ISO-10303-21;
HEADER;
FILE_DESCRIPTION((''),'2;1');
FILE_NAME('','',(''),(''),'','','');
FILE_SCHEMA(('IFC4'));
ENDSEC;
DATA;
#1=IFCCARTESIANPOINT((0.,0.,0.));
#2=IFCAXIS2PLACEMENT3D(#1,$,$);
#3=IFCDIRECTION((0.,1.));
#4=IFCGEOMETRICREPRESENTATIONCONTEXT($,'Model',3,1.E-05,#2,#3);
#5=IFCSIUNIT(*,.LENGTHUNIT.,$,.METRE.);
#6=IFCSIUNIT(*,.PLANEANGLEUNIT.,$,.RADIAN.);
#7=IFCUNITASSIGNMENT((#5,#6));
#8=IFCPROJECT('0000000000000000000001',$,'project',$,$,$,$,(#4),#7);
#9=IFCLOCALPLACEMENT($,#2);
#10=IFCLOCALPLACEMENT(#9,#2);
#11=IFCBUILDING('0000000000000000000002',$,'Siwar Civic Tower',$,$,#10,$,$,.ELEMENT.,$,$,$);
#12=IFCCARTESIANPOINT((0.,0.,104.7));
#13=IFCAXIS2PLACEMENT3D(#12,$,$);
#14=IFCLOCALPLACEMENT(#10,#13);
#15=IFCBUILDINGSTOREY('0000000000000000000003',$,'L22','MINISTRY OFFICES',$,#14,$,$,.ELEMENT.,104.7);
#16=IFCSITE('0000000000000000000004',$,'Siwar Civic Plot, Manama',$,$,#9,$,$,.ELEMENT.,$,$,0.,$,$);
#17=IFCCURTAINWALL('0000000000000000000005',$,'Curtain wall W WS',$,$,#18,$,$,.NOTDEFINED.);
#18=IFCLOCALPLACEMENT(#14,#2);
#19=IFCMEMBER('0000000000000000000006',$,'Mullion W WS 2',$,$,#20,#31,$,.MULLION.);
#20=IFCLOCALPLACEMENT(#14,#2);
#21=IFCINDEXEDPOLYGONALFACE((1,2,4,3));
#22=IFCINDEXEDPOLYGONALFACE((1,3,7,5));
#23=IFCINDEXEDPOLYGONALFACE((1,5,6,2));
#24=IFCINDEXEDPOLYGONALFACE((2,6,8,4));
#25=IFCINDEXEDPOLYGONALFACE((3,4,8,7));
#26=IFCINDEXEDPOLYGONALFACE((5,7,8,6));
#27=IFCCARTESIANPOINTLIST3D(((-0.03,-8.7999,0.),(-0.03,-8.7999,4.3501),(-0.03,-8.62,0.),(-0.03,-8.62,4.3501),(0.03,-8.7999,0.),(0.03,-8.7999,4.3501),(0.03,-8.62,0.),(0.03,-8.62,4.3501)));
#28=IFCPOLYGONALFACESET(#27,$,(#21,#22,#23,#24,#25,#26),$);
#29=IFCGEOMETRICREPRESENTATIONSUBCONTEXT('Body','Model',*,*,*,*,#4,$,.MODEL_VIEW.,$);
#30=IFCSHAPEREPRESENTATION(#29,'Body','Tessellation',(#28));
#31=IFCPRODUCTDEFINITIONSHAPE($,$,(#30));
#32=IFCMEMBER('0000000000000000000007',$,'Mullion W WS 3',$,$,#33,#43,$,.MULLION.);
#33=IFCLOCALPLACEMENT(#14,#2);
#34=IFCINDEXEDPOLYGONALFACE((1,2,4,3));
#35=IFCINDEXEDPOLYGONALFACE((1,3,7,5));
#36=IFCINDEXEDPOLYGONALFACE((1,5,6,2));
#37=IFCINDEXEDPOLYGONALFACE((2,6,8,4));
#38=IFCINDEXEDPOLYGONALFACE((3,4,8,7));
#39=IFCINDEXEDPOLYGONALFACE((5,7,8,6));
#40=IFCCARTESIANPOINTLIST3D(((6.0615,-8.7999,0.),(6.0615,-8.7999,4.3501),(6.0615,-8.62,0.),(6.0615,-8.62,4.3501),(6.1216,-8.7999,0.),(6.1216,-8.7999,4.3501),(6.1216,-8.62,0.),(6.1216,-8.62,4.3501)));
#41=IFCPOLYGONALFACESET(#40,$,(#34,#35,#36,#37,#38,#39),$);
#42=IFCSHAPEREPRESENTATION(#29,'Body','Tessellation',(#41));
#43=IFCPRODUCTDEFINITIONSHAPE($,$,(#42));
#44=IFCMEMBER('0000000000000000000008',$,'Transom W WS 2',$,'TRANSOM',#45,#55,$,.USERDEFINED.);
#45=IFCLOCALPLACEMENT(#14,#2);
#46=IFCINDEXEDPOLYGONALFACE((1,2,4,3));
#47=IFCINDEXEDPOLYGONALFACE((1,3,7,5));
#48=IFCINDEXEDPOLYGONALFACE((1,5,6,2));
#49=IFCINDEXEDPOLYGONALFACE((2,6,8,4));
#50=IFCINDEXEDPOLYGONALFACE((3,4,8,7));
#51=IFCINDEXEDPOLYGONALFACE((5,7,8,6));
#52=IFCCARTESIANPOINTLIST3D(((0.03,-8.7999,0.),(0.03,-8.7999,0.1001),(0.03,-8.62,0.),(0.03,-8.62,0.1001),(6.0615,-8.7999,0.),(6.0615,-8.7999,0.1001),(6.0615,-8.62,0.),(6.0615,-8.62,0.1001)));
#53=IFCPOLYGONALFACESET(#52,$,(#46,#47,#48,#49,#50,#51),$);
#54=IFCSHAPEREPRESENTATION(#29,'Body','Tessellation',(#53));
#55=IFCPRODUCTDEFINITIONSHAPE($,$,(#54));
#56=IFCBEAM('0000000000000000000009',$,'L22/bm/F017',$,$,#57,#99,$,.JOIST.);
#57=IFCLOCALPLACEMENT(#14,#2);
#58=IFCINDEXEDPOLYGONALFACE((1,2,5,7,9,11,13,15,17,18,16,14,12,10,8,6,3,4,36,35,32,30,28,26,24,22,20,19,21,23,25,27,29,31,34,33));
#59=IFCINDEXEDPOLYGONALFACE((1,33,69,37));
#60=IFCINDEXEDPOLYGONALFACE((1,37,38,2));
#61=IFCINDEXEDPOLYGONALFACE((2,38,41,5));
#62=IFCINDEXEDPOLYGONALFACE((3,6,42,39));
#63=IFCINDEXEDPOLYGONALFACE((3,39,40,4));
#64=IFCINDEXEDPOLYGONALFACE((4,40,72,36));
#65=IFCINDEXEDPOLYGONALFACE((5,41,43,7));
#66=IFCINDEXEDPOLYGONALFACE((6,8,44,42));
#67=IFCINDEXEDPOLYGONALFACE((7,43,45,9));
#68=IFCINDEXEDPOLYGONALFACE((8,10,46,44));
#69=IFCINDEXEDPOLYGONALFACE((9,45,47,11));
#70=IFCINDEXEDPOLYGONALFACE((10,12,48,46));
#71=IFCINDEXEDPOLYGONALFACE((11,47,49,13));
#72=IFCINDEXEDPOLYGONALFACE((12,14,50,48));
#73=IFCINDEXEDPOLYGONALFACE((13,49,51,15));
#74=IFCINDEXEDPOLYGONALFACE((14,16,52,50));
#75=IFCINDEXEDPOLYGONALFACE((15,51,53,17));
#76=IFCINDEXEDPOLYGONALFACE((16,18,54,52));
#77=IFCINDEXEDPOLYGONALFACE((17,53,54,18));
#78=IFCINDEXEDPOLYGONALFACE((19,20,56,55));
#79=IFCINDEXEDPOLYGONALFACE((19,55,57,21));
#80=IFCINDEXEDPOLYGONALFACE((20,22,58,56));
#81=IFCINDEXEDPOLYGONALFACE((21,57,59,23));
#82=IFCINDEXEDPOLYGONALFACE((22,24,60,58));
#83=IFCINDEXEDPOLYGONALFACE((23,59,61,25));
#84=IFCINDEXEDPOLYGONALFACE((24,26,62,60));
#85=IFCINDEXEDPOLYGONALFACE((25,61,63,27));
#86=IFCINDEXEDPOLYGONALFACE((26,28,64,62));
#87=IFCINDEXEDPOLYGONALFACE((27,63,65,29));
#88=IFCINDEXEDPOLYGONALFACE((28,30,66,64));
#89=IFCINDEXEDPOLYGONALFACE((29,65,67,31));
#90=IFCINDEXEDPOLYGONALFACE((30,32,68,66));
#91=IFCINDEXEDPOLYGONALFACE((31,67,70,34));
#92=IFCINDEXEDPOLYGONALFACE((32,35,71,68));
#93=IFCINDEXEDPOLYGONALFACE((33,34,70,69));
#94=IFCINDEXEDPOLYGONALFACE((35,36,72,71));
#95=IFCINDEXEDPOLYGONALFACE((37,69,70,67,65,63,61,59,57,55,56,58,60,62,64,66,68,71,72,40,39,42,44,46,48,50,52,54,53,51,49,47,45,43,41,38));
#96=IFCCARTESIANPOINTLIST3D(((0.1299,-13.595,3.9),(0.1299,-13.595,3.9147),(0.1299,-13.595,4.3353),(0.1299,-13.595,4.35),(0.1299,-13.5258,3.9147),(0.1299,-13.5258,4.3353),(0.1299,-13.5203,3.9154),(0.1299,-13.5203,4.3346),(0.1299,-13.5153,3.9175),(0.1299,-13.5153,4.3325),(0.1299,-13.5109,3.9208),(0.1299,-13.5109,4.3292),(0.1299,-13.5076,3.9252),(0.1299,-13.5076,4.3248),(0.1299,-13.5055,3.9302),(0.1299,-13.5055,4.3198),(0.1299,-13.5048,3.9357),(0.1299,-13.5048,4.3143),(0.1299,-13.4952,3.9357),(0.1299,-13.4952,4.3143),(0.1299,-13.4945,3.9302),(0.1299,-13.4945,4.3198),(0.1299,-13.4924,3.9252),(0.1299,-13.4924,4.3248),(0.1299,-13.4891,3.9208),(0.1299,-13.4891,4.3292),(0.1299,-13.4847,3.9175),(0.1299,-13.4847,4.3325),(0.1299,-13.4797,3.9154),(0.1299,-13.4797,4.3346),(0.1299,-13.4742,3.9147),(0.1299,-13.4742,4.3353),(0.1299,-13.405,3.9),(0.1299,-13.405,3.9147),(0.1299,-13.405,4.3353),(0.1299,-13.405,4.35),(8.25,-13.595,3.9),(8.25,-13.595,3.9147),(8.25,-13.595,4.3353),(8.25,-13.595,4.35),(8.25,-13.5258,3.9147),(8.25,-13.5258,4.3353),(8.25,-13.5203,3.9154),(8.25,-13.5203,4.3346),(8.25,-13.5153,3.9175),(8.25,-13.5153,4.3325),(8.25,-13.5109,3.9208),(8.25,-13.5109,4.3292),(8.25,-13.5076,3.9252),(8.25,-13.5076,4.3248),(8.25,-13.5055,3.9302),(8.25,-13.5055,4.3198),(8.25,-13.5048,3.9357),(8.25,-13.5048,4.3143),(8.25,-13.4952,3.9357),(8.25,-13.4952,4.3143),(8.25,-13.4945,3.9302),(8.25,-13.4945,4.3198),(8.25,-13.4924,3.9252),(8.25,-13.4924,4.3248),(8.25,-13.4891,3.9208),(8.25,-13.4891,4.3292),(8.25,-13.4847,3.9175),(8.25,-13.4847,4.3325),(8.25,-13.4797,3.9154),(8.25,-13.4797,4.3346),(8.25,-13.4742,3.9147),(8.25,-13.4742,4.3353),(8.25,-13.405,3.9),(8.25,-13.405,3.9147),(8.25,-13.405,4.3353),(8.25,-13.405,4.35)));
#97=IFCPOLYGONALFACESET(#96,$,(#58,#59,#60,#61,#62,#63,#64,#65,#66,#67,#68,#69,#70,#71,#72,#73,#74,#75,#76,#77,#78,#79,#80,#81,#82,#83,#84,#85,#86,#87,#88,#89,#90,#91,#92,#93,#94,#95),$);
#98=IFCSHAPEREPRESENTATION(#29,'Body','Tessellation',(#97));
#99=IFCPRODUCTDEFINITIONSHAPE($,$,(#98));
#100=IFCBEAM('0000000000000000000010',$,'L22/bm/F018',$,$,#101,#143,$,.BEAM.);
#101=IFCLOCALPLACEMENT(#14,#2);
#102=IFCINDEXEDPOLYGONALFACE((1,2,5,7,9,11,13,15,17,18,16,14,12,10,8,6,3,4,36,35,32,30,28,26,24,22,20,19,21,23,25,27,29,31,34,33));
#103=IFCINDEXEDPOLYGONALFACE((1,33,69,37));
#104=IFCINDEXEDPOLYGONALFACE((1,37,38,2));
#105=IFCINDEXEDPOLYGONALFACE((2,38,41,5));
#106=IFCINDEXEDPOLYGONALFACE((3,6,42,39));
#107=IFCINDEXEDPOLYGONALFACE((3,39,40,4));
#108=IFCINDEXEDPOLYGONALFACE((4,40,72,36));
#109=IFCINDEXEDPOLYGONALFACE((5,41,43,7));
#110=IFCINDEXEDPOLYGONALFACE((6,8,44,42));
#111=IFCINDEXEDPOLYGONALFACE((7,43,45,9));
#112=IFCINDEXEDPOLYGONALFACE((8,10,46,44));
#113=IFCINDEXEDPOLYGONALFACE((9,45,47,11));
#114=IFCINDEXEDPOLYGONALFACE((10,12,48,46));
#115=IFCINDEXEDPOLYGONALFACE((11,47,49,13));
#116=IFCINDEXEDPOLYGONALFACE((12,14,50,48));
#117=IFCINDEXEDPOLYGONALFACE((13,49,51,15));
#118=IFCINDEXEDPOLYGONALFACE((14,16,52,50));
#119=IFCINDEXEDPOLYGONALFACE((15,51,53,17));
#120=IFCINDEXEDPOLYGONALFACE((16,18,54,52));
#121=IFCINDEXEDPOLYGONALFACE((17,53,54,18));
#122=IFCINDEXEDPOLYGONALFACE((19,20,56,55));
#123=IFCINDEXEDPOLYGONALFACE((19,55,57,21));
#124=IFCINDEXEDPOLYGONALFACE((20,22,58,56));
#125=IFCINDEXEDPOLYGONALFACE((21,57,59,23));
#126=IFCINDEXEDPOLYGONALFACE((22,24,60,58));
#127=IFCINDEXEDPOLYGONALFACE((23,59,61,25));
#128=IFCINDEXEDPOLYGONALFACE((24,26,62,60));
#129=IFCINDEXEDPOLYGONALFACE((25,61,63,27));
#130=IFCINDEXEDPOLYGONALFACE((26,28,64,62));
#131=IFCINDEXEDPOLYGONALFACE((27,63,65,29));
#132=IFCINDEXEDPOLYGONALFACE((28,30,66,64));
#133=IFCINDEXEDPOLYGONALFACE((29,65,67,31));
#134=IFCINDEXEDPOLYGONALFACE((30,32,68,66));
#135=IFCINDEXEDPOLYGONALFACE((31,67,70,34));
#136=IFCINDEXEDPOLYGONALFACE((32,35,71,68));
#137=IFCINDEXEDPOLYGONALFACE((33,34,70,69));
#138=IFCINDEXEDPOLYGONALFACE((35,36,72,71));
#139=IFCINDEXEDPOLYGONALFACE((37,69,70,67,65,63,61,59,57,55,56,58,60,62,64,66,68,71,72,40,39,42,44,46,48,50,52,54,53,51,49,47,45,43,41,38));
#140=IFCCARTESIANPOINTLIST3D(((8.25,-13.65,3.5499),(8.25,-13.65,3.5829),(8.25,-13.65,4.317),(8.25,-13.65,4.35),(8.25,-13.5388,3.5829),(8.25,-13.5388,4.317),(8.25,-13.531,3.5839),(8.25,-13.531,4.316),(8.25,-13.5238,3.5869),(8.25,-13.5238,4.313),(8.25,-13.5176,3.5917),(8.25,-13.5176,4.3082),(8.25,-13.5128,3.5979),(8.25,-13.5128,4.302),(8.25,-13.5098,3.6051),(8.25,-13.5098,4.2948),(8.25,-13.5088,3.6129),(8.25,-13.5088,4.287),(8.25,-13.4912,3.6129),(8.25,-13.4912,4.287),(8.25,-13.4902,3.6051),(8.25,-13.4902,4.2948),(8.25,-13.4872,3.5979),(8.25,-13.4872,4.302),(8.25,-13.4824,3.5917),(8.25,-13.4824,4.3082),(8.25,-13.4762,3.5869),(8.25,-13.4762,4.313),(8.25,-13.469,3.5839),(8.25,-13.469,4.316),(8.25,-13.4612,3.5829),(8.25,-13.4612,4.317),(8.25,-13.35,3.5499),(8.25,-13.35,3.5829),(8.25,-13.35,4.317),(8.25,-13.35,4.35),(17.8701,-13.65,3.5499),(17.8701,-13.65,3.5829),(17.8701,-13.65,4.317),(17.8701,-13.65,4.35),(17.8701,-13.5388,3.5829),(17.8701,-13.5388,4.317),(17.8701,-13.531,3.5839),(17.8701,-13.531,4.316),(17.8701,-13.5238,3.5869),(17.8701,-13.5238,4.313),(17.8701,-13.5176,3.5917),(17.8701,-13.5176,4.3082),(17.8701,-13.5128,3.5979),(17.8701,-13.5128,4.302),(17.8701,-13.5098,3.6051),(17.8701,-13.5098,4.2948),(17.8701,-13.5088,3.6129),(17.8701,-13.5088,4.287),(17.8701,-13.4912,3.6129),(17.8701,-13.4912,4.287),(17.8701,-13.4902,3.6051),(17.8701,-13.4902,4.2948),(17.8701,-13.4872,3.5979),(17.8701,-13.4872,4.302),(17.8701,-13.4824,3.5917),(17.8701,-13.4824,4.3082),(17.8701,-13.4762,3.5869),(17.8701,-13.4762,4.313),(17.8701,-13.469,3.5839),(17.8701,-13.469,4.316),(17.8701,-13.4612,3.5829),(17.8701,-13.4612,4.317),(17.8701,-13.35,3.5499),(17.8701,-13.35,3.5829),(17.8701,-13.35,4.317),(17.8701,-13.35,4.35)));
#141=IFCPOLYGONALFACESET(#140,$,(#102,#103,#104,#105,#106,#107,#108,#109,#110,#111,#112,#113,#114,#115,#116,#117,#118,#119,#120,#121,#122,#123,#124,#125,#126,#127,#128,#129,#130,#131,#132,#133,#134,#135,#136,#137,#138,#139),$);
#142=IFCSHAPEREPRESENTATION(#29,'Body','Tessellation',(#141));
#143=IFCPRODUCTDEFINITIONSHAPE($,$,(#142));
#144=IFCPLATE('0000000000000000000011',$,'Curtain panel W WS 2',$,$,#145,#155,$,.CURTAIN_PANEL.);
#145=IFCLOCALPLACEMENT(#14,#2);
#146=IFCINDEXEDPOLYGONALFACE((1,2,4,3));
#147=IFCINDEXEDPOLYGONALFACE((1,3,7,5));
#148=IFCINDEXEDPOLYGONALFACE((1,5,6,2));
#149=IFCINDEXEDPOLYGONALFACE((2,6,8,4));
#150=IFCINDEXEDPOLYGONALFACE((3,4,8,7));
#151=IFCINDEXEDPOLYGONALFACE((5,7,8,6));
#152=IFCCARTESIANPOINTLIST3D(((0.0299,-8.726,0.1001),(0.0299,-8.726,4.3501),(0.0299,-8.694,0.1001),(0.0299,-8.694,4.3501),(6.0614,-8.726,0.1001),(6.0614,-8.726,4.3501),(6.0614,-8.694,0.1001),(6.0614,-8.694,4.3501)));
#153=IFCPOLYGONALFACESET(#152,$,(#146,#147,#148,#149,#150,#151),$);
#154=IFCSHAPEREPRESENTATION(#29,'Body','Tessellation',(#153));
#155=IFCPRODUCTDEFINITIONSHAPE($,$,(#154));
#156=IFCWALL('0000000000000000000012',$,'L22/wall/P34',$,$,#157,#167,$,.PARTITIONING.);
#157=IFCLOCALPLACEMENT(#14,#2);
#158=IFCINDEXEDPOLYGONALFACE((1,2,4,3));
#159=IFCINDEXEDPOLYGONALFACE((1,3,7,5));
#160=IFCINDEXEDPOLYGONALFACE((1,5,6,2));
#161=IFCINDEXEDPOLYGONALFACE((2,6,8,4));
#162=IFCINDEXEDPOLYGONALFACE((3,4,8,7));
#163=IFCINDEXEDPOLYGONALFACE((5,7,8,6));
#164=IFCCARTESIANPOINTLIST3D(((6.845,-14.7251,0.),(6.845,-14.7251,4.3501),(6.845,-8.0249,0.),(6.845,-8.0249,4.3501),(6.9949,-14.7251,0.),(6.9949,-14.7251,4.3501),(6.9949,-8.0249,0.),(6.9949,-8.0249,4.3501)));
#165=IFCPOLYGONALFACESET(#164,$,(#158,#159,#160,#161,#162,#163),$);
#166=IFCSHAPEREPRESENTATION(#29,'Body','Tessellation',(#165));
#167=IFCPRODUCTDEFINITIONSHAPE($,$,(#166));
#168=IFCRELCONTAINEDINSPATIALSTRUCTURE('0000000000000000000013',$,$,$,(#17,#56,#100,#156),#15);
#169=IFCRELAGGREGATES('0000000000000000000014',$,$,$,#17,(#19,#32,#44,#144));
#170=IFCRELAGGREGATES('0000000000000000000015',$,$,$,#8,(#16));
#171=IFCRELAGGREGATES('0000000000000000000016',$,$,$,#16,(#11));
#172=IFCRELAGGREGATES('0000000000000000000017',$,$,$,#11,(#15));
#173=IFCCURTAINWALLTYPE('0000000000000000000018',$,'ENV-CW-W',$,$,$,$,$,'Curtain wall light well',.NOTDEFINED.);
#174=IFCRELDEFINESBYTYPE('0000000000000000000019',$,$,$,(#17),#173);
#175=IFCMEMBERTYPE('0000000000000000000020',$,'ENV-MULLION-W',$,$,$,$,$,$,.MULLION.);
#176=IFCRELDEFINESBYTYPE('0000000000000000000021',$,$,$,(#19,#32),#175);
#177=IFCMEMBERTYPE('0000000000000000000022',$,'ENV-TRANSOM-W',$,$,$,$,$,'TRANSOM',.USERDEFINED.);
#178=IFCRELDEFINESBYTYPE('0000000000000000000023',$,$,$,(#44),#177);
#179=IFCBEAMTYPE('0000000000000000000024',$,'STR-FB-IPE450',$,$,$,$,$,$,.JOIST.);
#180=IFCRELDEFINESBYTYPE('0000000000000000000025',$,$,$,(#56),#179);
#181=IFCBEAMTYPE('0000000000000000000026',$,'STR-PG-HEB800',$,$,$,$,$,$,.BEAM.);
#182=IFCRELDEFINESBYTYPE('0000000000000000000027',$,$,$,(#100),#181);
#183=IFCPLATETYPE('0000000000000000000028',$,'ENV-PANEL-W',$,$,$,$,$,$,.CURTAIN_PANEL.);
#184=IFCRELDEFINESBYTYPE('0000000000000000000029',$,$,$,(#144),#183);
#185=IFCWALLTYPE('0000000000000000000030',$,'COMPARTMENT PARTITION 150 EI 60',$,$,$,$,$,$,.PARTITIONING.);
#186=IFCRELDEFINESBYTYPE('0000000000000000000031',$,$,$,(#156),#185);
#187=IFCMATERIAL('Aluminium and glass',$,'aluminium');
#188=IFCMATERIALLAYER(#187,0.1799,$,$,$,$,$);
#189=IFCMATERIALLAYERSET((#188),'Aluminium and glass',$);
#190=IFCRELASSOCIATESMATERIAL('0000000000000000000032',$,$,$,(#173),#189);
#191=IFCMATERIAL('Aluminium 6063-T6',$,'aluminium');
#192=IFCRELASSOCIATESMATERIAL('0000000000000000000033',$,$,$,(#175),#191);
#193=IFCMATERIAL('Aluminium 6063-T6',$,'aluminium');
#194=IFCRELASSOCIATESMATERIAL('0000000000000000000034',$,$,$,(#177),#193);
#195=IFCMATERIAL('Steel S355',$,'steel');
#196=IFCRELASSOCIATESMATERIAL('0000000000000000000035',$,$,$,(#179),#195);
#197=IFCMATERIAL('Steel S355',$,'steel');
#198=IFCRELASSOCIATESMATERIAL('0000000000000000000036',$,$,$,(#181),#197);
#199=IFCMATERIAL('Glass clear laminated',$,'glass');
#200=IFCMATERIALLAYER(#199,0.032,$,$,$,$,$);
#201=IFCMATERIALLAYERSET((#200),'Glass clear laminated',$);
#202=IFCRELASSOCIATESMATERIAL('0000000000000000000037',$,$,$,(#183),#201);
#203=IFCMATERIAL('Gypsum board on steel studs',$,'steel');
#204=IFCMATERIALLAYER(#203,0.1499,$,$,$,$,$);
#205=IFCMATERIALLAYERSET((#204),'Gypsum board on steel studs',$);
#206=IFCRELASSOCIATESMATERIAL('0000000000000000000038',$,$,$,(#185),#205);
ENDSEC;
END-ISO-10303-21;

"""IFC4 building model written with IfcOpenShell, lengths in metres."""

from ifc_helpers import new_model, si_unit, direction, frame, frame_2d, origin, origin_2d, place, context, subcontext, project, spatial, rectangle, i_section, extrude, material, layer, layer_set, material_profile, profile_set, type_object, element, aggregate, save


model = new_model("IFC4")

# Units and contexts
model_context = context("Model", 3, precision=1e-05, world=origin(), true_north=direction((0.0, 1.0)))
body_context = subcontext(model_context, "Body", "Model", "MODEL_VIEW")
ifc_project = project(units=[si_unit("LENGTHUNIT", "METRE"), si_unit("PLANEANGLEUNIT", "RADIAN")], contexts=[model_context])

# Site, building, storey
site_placement = place(None, origin())
site = spatial("IfcSite", under=ifc_project, at=site_placement, Name="Siwar Civic Plot, Manama", CompositionType="ELEMENT", RefElevation=0.0)
building_placement = place(site_placement, origin())
building = spatial("IfcBuilding", under=site, at=building_placement, Name="Siwar Civic Tower", CompositionType="ELEMENT")
storey_placement = place(building_placement, frame((0.0, 0.0, 104.7)))
storey = spatial("IfcBuildingStorey", under=building, at=storey_placement, Name="L22", Description="MINISTRY OFFICES", CompositionType="ELEMENT", Elevation=104.7)

# Curtain wall, members
ifc_material_1 = material(Name="Aluminium and glass", Category="aluminium")
ifc_layer_1 = layer(ifc_material_1, 0.1799)
ifc_layer_set_1 = layer_set([ifc_layer_1], Name="Aluminium and glass")
curtain_wall_type = type_object("IfcCurtainWallType", Name="ENV-CW-W", ElementType="Curtain wall light well", PredefinedType="NOTDEFINED", material=ifc_layer_set_1)
curtain_wall_placement = place(storey_placement, origin())
curtain_wall = element("IfcCurtainWall", 1, at=curtain_wall_placement, inside=storey, type_object=curtain_wall_type, Name="Curtain wall W WS", PredefinedType="NOTDEFINED")
ifc_material_2 = material(Name="Aluminium 6063-T6", Category="aluminium")
ifc_material_profile_1 = material_profile(ifc_material_2, rectangle(XDim=0.1799, YDim=0.0601, at=origin_2d()), Name="AL 180x60")
ifc_profile_set_1 = profile_set([ifc_material_profile_1], Name="Aluminium 6063-T6")
member_type_1 = type_object("IfcMemberType", Name="ENV-MULLION-W", PredefinedType="MULLION", material=ifc_profile_set_1)
member_1_placement = place(storey_placement, frame((0.0, -8.71, 0.0), z_axis=(0.0, 0.0, 1.0), x_axis=(0.0, 1.0, 0.0)))
member_1 = element("IfcMember", 2, at=member_1_placement, type_object=member_type_1, Name="Mullion W WS 2", PredefinedType="MULLION", context=body_context, shape_type="SweptSolid", body=[
    extrude(rectangle(XDim=0.1799, YDim=0.0601, at=origin_2d()), origin(), (0.0, 0.0, 1.0), 4.3501),
])
member_2_placement = place(storey_placement, frame((6.0916, -8.71, 0.0), z_axis=(0.0, 0.0, 1.0), x_axis=(0.0, 1.0, 0.0)))
member_2 = element("IfcMember", 3, at=member_2_placement, type_object=member_type_1, Name="Mullion W WS 3", PredefinedType="MULLION", context=body_context, shape_type="SweptSolid", body=[
    extrude(rectangle(XDim=0.1799, YDim=0.0601, at=origin_2d()), origin(), (0.0, 0.0, 1.0), 4.3501),
])
ifc_material_3 = material(Name="Aluminium 6063-T6", Category="aluminium")
ifc_material_profile_2 = material_profile(ifc_material_3, rectangle(XDim=0.1799, YDim=0.1001, at=origin_2d()), Name="AL 180x100")
ifc_profile_set_2 = profile_set([ifc_material_profile_2], Name="Aluminium 6063-T6")
member_type_2 = type_object("IfcMemberType", Name="ENV-TRANSOM-W", ElementType="TRANSOM", PredefinedType="USERDEFINED", material=ifc_profile_set_2)
member_3_placement = place(storey_placement, frame((0.03, -8.71, 0.05), z_axis=(1.0, 0.0, 0.0), x_axis=(0.0, 1.0, 0.0)))
member_3 = element("IfcMember", 4, at=member_3_placement, type_object=member_type_2, Name="Transom W WS 2", ObjectType="TRANSOM", PredefinedType="USERDEFINED", context=body_context, shape_type="SweptSolid", body=[
    extrude(rectangle(XDim=0.1799, YDim=0.1001, at=origin_2d()), origin(), (0.0, 0.0, 1.0), 6.0315),
])

# Beams
ifc_material_4 = material(Name="Steel S355", Category="steel")
ifc_material_profile_3 = material_profile(ifc_material_4, i_section(OverallWidth=0.1899, OverallDepth=0.45, WebThickness=0.0095, FlangeThickness=0.0146, FilletRadius=0.021, at=origin_2d()), Name="IPE450")
ifc_profile_set_3 = profile_set([ifc_material_profile_3], Name="Steel S355")
beam_type_1 = type_object("IfcBeamType", Name="STR-FB-IPE450", PredefinedType="JOIST", material=ifc_profile_set_3)
beam_1_placement = place(storey_placement, frame((0.1299, -13.5, 4.125), z_axis=(1.0, 0.0, 0.0), x_axis=(0.0, 1.0, 0.0)))
element("IfcBeam", 5, at=beam_1_placement, inside=storey, type_object=beam_type_1, Name="L22/bm/F017", PredefinedType="JOIST", context=body_context, shape_type="SweptSolid", body=[
    extrude(i_section(OverallWidth=0.1899, OverallDepth=0.45, WebThickness=0.0095, FlangeThickness=0.0146, FilletRadius=0.021, at=origin_2d()), origin(), (0.0, 0.0, 1.0), 8.1201),
])
ifc_material_5 = material(Name="Steel S355", Category="steel")
ifc_material_profile_4 = material_profile(ifc_material_5, i_section(OverallWidth=0.3, OverallDepth=0.8, WebThickness=0.0176, FlangeThickness=0.033, FilletRadius=0.03, at=origin_2d()), Name="HEB800")
ifc_profile_set_4 = profile_set([ifc_material_profile_4], Name="Steel S355")
beam_type_2 = type_object("IfcBeamType", Name="STR-PG-HEB800", PredefinedType="BEAM", material=ifc_profile_set_4)
beam_2_placement = place(storey_placement, frame((8.25, -13.5, 3.95), z_axis=(1.0, 0.0, 0.0), x_axis=(0.0, 1.0, 0.0)))
element("IfcBeam", 6, at=beam_2_placement, inside=storey, type_object=beam_type_2, Name="L22/bm/F018", PredefinedType="BEAM", context=body_context, shape_type="SweptSolid", body=[
    extrude(i_section(OverallWidth=0.3, OverallDepth=0.8, WebThickness=0.0176, FlangeThickness=0.033, FilletRadius=0.03, at=origin_2d()), origin(), (0.0, 0.0, 1.0), 9.6201),
])

# Plate
ifc_material_6 = material(Name="Glass clear laminated", Category="glass")
ifc_layer_2 = layer(ifc_material_6, 0.032)
ifc_layer_set_2 = layer_set([ifc_layer_2], Name="Glass clear laminated")
plate_type = type_object("IfcPlateType", Name="ENV-PANEL-W", PredefinedType="CURTAIN_PANEL", material=ifc_layer_set_2)
plate_placement = place(storey_placement, frame((3.0457, -8.71, 0.1001), z_axis=(0.0, 0.0, 1.0), x_axis=(1.0, 0.0, 0.0)))
plate = element("IfcPlate", 7, at=plate_placement, type_object=plate_type, Name="Curtain panel W WS 2", PredefinedType="CURTAIN_PANEL", context=body_context, shape_type="SweptSolid", body=[
    extrude(rectangle(XDim=6.0315, YDim=0.032, at=origin_2d()), origin(), (0.0, 0.0, 1.0), 4.25),
])
aggregate(curtain_wall, [member_1, member_2, member_3, plate])

# Wall
ifc_material_7 = material(Name="Gypsum board on steel studs", Category="steel")
ifc_layer_3 = layer(ifc_material_7, 0.1499)
ifc_layer_set_3 = layer_set([ifc_layer_3], Name="Gypsum board on steel studs")
wall_type_1 = type_object("IfcWallType", Name="COMPARTMENT PARTITION 150 EI 60", PredefinedType="PARTITIONING", material=ifc_layer_set_3)
wall_1_placement = place(storey_placement, frame((6.9199, -14.7251, 0.0), z_axis=(0.0, 0.0, 1.0), x_axis=(0.0, 1.0, 0.0)))
element("IfcWall", 8, at=wall_1_placement, inside=storey, type_object=wall_type_1, Name="L22/wall/P34", PredefinedType="PARTITIONING", context=body_context, shape_type="SweptSolid", body=[
    extrude(rectangle(XDim=6.7002, YDim=0.1499, at=frame_2d((3.3501, 0.0))), origin(), (0.0, 0.0, 1.0), 4.3501),
])

save(model, "model.ifc")
